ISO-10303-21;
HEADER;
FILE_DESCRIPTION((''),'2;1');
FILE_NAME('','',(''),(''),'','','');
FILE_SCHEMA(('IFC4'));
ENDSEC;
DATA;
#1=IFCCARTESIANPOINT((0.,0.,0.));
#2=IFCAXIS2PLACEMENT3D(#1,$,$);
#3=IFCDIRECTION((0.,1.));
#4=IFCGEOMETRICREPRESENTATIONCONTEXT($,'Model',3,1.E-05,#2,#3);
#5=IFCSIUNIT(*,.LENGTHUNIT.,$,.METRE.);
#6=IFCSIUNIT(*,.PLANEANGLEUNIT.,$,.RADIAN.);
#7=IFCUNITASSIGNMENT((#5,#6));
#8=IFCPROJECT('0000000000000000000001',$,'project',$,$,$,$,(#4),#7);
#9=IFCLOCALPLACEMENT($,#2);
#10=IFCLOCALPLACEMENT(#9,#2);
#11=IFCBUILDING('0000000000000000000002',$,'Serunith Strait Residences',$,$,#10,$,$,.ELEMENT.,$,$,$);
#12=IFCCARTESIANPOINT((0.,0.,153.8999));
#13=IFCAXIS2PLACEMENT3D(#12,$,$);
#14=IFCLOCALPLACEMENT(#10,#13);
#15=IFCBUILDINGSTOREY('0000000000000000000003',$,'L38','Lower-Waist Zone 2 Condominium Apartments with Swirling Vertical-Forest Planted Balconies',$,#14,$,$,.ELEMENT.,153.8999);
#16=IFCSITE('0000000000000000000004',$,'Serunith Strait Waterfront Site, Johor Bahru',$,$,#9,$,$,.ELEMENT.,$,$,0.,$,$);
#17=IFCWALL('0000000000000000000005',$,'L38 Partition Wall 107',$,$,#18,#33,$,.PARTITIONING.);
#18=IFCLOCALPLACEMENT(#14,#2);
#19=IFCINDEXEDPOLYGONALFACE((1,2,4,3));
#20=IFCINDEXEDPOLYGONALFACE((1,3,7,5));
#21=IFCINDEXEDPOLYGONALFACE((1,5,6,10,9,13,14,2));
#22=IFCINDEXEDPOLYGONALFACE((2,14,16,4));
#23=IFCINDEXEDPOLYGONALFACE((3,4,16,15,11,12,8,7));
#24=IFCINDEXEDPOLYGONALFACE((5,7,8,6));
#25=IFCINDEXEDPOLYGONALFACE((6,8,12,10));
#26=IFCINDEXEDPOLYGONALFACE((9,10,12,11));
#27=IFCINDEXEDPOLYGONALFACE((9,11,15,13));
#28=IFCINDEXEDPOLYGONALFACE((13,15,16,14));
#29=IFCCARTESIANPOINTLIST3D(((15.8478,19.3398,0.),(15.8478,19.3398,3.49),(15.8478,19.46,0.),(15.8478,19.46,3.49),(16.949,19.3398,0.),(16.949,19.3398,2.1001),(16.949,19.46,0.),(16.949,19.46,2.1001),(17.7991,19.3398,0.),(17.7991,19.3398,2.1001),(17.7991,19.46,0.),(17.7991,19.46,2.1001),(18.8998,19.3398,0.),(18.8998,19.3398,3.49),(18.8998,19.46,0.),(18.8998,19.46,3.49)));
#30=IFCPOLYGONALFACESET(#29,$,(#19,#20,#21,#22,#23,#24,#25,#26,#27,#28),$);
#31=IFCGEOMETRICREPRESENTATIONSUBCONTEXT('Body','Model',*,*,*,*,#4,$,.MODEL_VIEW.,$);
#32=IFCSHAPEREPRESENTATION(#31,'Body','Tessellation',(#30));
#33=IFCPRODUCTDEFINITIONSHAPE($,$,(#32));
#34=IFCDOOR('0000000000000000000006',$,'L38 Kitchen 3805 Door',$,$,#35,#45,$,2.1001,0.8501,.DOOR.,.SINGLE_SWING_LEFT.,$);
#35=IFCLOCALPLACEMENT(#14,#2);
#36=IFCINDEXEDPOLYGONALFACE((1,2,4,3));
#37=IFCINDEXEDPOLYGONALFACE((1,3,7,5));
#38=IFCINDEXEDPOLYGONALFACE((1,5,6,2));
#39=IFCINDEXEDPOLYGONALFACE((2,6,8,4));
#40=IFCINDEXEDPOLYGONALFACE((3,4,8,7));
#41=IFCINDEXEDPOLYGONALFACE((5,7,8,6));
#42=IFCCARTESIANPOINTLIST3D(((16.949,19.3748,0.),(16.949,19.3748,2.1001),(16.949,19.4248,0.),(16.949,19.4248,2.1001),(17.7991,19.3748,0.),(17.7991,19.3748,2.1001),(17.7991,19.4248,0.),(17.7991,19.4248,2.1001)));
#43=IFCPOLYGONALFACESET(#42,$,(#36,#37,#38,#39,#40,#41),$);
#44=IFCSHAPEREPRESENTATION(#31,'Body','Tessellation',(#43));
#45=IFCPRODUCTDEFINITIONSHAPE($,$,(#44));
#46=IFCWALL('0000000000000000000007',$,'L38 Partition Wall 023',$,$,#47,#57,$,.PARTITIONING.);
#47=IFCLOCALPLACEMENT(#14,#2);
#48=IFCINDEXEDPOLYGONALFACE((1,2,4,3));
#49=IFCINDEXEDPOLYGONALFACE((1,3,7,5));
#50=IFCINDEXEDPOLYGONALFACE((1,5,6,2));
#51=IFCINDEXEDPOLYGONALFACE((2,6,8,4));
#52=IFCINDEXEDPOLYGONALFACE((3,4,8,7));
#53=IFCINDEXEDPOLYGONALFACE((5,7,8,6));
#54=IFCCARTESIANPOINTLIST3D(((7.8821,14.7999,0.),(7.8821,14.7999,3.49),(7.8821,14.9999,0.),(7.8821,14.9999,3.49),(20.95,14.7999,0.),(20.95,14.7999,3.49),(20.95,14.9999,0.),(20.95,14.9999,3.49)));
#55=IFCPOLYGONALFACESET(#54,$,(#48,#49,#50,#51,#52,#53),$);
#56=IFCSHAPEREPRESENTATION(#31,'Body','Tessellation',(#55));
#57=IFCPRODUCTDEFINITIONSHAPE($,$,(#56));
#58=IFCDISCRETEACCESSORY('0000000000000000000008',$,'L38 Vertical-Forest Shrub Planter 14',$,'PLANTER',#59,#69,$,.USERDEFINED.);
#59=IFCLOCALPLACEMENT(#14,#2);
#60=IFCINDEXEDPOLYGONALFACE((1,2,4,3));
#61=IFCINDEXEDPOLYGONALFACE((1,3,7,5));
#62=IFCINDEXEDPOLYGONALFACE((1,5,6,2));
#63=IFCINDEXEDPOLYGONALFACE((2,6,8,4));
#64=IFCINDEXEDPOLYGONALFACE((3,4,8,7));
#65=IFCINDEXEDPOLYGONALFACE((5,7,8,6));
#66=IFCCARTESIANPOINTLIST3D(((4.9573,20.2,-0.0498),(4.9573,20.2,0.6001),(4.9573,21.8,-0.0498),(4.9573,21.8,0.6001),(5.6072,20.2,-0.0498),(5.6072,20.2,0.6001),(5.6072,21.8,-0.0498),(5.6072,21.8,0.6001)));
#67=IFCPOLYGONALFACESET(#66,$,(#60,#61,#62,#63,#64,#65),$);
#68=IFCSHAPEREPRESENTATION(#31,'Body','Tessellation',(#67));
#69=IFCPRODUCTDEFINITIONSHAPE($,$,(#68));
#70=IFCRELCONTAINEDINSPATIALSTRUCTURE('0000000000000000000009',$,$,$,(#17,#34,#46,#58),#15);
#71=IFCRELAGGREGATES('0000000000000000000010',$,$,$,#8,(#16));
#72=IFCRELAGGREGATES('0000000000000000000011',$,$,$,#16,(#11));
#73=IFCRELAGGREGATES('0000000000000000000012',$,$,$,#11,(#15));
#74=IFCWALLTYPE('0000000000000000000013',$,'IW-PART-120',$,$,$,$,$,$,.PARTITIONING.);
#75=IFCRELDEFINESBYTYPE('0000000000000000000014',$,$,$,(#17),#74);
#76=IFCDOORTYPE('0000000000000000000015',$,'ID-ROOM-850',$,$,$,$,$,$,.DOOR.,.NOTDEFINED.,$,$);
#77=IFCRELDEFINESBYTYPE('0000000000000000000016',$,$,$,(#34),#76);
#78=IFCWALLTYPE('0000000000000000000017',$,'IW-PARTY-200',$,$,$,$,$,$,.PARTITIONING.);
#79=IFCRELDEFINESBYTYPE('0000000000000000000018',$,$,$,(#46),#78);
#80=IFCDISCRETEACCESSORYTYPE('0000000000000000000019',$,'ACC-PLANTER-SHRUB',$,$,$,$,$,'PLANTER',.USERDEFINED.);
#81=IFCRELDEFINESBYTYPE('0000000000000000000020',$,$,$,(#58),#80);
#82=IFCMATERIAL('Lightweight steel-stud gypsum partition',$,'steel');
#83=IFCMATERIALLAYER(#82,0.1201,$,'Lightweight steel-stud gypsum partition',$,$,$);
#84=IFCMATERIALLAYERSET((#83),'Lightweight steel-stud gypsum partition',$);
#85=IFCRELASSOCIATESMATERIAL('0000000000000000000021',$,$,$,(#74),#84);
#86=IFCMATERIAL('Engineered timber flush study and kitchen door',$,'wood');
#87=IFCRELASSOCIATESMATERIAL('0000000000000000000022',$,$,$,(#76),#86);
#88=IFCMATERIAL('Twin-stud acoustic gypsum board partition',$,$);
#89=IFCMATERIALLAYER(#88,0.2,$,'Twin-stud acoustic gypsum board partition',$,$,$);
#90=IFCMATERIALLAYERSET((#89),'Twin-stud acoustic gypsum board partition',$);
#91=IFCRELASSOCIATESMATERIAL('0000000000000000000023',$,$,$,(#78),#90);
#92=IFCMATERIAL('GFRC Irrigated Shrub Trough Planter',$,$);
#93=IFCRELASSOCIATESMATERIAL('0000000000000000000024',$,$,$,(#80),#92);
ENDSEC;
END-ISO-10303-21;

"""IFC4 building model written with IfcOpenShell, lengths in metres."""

from ifc_helpers import new_model, si_unit, direction, frame, frame_2d, origin, origin_2d, place, context, subcontext, project, spatial, rectangle, extrude, source, transform, mapped, material, layer, layer_set, type_object, element, fill, save


model = new_model("IFC4")

# Units and contexts
model_context = context("Model", 3, precision=1e-05, world=origin(), true_north=direction((0.0, 1.0)))
body_context = subcontext(model_context, "Body", "Model", "MODEL_VIEW")
ifc_project = project(units=[si_unit("LENGTHUNIT", "METRE"), si_unit("PLANEANGLEUNIT", "RADIAN")], contexts=[model_context])

# Site, building, storey
site_placement = place(None, origin())
site = spatial("IfcSite", under=ifc_project, at=site_placement, Name="Serunith Strait Waterfront Site, Johor Bahru", CompositionType="ELEMENT", RefElevation=0.0)
building_placement = place(site_placement, origin())
building = spatial("IfcBuilding", under=site, at=building_placement, Name="Serunith Strait Residences", CompositionType="ELEMENT")
storey_placement = place(building_placement, frame((0.0, 0.0, 153.8999)))
storey = spatial("IfcBuildingStorey", under=building, at=storey_placement, Name="L38", Description="Lower-Waist Zone 2 Condominium Apartments with Swirling Vertical-Forest Planted Balconies", CompositionType="ELEMENT", Elevation=153.8999)

# Shared definitions
ifc_material_1 = material(Name="Lightweight steel-stud gypsum partition", Category="steel")
ifc_layer_1 = layer(ifc_material_1, 0.1201, Name="Lightweight steel-stud gypsum partition")
ifc_layer_set_1 = layer_set([ifc_layer_1], Name="Lightweight steel-stud gypsum partition")
wall_type_1 = type_object("IfcWallType", Name="IW-PART-120", PredefinedType="PARTITIONING", material=ifc_layer_set_1)
shared_shape_1 = source(origin(), body_context, "Body", "SweptSolid", [
    extrude(rectangle(XDim=0.8501, YDim=2.1001, at=frame_2d((0.425, 1.05))), frame((0.0, 0.0249, 0.0), z_axis=(0.0, -1.0, 0.0), x_axis=(1.0, 0.0, 0.0)), (0.0, 0.0, 1.0), 0.05),
])

# Shared definitions
ifc_material_2 = material(Name="Engineered timber flush study and kitchen door", Category="wood")
door_type_1 = type_object("IfcDoorType", Name="ID-ROOM-850", OperationType="NOTDEFINED", PredefinedType="DOOR", material=ifc_material_2)

# Wall, opening, door
wall_1_placement = place(storey_placement, frame((15.8479, 19.3999, 0.0), z_axis=(0.0, 0.0, 1.0), x_axis=(1.0, 0.0, 0.0)))
wall_1 = element("IfcWall", 1, at=wall_1_placement, inside=storey, type_object=wall_type_1, Name="L38 Partition Wall 107", PredefinedType="PARTITIONING", context=body_context, shape_type="SweptSolid", body=[
    extrude(rectangle(XDim=3.052, YDim=0.1201, at=frame_2d((1.5259, 0.0))), origin(), (0.0, 0.0, 1.0), 3.49),
])
opening_1_placement = place(wall_1_placement, frame((1.1011, 0.0, 0.0)))
opening_1 = element("IfcOpeningElement", 2, at=opening_1_placement, cuts=wall_1, PredefinedType="OPENING", context=body_context, shape_type="SweptSolid", body=[
    extrude(rectangle(XDim=0.8501, YDim=2.1001, at=frame_2d((0.425, 1.05))), frame((0.0, 0.0701, 0.0), z_axis=(0.0, -1.0, 0.0), x_axis=(1.0, 0.0, 0.0)), (0.0, 0.0, 1.0), 0.1401),
])
door_1_placement = place(opening_1_placement, origin())
door_1 = element("IfcDoor", 3, at=door_1_placement, inside=storey, type_object=door_type_1, Name="L38 Kitchen 3805 Door", OperationType="SINGLE_SWING_LEFT", OverallHeight=2.1001, OverallWidth=0.8501, PredefinedType="DOOR", context=body_context, shape_type="MappedRepresentation", body=[
    mapped(shared_shape_1, transform((0.0, 0.0, 0.0), scale=1.0)),
])
fill(opening_1, door_1)

# Wall
ifc_material_3 = material(Name="Twin-stud acoustic gypsum board partition")
ifc_layer_2 = layer(ifc_material_3, 0.2, Name="Twin-stud acoustic gypsum board partition")
ifc_layer_set_2 = layer_set([ifc_layer_2], Name="Twin-stud acoustic gypsum board partition")
wall_type_2 = type_object("IfcWallType", Name="IW-PARTY-200", PredefinedType="PARTITIONING", material=ifc_layer_set_2)
wall_2_placement = place(storey_placement, frame((7.8821, 14.8999, 0.0), z_axis=(0.0, 0.0, 1.0), x_axis=(1.0, 0.0, 0.0)))
element("IfcWall", 4, at=wall_2_placement, inside=storey, type_object=wall_type_2, Name="L38 Partition Wall 023", PredefinedType="PARTITIONING", context=body_context, shape_type="SweptSolid", body=[
    extrude(rectangle(XDim=13.0679, YDim=0.2, at=frame_2d((6.5339, 0.0))), origin(), (0.0, 0.0, 1.0), 3.49),
])

# Discrete accessory
ifc_material_4 = material(Name="GFRC Irrigated Shrub Trough Planter")
discrete_accessory_type = type_object("IfcDiscreteAccessoryType", Name="ACC-PLANTER-SHRUB", ElementType="PLANTER", PredefinedType="USERDEFINED", material=ifc_material_4)
shared_shape_2 = source(origin(), body_context, "Body", "SweptSolid", [
    extrude(rectangle(XDim=1.6001, YDim=0.6499, at=origin_2d()), origin(), (0.0, 0.0, 1.0), 0.6499),
])
discrete_accessory_placement = place(storey_placement, frame((5.2822, 21.0, -0.0498), z_axis=(0.0, 0.0, 1.0), x_axis=(0.0, -1.0, 0.0)))
element("IfcDiscreteAccessory", 5, at=discrete_accessory_placement, inside=storey, type_object=discrete_accessory_type, Name="L38 Vertical-Forest Shrub Planter 14", ObjectType="PLANTER", PredefinedType="USERDEFINED", context=body_context, shape_type="MappedRepresentation", body=[
    mapped(shared_shape_2, transform((0.0, 0.0, 0.0), scale=1.0)),
])

save(model, "model.ifc")
